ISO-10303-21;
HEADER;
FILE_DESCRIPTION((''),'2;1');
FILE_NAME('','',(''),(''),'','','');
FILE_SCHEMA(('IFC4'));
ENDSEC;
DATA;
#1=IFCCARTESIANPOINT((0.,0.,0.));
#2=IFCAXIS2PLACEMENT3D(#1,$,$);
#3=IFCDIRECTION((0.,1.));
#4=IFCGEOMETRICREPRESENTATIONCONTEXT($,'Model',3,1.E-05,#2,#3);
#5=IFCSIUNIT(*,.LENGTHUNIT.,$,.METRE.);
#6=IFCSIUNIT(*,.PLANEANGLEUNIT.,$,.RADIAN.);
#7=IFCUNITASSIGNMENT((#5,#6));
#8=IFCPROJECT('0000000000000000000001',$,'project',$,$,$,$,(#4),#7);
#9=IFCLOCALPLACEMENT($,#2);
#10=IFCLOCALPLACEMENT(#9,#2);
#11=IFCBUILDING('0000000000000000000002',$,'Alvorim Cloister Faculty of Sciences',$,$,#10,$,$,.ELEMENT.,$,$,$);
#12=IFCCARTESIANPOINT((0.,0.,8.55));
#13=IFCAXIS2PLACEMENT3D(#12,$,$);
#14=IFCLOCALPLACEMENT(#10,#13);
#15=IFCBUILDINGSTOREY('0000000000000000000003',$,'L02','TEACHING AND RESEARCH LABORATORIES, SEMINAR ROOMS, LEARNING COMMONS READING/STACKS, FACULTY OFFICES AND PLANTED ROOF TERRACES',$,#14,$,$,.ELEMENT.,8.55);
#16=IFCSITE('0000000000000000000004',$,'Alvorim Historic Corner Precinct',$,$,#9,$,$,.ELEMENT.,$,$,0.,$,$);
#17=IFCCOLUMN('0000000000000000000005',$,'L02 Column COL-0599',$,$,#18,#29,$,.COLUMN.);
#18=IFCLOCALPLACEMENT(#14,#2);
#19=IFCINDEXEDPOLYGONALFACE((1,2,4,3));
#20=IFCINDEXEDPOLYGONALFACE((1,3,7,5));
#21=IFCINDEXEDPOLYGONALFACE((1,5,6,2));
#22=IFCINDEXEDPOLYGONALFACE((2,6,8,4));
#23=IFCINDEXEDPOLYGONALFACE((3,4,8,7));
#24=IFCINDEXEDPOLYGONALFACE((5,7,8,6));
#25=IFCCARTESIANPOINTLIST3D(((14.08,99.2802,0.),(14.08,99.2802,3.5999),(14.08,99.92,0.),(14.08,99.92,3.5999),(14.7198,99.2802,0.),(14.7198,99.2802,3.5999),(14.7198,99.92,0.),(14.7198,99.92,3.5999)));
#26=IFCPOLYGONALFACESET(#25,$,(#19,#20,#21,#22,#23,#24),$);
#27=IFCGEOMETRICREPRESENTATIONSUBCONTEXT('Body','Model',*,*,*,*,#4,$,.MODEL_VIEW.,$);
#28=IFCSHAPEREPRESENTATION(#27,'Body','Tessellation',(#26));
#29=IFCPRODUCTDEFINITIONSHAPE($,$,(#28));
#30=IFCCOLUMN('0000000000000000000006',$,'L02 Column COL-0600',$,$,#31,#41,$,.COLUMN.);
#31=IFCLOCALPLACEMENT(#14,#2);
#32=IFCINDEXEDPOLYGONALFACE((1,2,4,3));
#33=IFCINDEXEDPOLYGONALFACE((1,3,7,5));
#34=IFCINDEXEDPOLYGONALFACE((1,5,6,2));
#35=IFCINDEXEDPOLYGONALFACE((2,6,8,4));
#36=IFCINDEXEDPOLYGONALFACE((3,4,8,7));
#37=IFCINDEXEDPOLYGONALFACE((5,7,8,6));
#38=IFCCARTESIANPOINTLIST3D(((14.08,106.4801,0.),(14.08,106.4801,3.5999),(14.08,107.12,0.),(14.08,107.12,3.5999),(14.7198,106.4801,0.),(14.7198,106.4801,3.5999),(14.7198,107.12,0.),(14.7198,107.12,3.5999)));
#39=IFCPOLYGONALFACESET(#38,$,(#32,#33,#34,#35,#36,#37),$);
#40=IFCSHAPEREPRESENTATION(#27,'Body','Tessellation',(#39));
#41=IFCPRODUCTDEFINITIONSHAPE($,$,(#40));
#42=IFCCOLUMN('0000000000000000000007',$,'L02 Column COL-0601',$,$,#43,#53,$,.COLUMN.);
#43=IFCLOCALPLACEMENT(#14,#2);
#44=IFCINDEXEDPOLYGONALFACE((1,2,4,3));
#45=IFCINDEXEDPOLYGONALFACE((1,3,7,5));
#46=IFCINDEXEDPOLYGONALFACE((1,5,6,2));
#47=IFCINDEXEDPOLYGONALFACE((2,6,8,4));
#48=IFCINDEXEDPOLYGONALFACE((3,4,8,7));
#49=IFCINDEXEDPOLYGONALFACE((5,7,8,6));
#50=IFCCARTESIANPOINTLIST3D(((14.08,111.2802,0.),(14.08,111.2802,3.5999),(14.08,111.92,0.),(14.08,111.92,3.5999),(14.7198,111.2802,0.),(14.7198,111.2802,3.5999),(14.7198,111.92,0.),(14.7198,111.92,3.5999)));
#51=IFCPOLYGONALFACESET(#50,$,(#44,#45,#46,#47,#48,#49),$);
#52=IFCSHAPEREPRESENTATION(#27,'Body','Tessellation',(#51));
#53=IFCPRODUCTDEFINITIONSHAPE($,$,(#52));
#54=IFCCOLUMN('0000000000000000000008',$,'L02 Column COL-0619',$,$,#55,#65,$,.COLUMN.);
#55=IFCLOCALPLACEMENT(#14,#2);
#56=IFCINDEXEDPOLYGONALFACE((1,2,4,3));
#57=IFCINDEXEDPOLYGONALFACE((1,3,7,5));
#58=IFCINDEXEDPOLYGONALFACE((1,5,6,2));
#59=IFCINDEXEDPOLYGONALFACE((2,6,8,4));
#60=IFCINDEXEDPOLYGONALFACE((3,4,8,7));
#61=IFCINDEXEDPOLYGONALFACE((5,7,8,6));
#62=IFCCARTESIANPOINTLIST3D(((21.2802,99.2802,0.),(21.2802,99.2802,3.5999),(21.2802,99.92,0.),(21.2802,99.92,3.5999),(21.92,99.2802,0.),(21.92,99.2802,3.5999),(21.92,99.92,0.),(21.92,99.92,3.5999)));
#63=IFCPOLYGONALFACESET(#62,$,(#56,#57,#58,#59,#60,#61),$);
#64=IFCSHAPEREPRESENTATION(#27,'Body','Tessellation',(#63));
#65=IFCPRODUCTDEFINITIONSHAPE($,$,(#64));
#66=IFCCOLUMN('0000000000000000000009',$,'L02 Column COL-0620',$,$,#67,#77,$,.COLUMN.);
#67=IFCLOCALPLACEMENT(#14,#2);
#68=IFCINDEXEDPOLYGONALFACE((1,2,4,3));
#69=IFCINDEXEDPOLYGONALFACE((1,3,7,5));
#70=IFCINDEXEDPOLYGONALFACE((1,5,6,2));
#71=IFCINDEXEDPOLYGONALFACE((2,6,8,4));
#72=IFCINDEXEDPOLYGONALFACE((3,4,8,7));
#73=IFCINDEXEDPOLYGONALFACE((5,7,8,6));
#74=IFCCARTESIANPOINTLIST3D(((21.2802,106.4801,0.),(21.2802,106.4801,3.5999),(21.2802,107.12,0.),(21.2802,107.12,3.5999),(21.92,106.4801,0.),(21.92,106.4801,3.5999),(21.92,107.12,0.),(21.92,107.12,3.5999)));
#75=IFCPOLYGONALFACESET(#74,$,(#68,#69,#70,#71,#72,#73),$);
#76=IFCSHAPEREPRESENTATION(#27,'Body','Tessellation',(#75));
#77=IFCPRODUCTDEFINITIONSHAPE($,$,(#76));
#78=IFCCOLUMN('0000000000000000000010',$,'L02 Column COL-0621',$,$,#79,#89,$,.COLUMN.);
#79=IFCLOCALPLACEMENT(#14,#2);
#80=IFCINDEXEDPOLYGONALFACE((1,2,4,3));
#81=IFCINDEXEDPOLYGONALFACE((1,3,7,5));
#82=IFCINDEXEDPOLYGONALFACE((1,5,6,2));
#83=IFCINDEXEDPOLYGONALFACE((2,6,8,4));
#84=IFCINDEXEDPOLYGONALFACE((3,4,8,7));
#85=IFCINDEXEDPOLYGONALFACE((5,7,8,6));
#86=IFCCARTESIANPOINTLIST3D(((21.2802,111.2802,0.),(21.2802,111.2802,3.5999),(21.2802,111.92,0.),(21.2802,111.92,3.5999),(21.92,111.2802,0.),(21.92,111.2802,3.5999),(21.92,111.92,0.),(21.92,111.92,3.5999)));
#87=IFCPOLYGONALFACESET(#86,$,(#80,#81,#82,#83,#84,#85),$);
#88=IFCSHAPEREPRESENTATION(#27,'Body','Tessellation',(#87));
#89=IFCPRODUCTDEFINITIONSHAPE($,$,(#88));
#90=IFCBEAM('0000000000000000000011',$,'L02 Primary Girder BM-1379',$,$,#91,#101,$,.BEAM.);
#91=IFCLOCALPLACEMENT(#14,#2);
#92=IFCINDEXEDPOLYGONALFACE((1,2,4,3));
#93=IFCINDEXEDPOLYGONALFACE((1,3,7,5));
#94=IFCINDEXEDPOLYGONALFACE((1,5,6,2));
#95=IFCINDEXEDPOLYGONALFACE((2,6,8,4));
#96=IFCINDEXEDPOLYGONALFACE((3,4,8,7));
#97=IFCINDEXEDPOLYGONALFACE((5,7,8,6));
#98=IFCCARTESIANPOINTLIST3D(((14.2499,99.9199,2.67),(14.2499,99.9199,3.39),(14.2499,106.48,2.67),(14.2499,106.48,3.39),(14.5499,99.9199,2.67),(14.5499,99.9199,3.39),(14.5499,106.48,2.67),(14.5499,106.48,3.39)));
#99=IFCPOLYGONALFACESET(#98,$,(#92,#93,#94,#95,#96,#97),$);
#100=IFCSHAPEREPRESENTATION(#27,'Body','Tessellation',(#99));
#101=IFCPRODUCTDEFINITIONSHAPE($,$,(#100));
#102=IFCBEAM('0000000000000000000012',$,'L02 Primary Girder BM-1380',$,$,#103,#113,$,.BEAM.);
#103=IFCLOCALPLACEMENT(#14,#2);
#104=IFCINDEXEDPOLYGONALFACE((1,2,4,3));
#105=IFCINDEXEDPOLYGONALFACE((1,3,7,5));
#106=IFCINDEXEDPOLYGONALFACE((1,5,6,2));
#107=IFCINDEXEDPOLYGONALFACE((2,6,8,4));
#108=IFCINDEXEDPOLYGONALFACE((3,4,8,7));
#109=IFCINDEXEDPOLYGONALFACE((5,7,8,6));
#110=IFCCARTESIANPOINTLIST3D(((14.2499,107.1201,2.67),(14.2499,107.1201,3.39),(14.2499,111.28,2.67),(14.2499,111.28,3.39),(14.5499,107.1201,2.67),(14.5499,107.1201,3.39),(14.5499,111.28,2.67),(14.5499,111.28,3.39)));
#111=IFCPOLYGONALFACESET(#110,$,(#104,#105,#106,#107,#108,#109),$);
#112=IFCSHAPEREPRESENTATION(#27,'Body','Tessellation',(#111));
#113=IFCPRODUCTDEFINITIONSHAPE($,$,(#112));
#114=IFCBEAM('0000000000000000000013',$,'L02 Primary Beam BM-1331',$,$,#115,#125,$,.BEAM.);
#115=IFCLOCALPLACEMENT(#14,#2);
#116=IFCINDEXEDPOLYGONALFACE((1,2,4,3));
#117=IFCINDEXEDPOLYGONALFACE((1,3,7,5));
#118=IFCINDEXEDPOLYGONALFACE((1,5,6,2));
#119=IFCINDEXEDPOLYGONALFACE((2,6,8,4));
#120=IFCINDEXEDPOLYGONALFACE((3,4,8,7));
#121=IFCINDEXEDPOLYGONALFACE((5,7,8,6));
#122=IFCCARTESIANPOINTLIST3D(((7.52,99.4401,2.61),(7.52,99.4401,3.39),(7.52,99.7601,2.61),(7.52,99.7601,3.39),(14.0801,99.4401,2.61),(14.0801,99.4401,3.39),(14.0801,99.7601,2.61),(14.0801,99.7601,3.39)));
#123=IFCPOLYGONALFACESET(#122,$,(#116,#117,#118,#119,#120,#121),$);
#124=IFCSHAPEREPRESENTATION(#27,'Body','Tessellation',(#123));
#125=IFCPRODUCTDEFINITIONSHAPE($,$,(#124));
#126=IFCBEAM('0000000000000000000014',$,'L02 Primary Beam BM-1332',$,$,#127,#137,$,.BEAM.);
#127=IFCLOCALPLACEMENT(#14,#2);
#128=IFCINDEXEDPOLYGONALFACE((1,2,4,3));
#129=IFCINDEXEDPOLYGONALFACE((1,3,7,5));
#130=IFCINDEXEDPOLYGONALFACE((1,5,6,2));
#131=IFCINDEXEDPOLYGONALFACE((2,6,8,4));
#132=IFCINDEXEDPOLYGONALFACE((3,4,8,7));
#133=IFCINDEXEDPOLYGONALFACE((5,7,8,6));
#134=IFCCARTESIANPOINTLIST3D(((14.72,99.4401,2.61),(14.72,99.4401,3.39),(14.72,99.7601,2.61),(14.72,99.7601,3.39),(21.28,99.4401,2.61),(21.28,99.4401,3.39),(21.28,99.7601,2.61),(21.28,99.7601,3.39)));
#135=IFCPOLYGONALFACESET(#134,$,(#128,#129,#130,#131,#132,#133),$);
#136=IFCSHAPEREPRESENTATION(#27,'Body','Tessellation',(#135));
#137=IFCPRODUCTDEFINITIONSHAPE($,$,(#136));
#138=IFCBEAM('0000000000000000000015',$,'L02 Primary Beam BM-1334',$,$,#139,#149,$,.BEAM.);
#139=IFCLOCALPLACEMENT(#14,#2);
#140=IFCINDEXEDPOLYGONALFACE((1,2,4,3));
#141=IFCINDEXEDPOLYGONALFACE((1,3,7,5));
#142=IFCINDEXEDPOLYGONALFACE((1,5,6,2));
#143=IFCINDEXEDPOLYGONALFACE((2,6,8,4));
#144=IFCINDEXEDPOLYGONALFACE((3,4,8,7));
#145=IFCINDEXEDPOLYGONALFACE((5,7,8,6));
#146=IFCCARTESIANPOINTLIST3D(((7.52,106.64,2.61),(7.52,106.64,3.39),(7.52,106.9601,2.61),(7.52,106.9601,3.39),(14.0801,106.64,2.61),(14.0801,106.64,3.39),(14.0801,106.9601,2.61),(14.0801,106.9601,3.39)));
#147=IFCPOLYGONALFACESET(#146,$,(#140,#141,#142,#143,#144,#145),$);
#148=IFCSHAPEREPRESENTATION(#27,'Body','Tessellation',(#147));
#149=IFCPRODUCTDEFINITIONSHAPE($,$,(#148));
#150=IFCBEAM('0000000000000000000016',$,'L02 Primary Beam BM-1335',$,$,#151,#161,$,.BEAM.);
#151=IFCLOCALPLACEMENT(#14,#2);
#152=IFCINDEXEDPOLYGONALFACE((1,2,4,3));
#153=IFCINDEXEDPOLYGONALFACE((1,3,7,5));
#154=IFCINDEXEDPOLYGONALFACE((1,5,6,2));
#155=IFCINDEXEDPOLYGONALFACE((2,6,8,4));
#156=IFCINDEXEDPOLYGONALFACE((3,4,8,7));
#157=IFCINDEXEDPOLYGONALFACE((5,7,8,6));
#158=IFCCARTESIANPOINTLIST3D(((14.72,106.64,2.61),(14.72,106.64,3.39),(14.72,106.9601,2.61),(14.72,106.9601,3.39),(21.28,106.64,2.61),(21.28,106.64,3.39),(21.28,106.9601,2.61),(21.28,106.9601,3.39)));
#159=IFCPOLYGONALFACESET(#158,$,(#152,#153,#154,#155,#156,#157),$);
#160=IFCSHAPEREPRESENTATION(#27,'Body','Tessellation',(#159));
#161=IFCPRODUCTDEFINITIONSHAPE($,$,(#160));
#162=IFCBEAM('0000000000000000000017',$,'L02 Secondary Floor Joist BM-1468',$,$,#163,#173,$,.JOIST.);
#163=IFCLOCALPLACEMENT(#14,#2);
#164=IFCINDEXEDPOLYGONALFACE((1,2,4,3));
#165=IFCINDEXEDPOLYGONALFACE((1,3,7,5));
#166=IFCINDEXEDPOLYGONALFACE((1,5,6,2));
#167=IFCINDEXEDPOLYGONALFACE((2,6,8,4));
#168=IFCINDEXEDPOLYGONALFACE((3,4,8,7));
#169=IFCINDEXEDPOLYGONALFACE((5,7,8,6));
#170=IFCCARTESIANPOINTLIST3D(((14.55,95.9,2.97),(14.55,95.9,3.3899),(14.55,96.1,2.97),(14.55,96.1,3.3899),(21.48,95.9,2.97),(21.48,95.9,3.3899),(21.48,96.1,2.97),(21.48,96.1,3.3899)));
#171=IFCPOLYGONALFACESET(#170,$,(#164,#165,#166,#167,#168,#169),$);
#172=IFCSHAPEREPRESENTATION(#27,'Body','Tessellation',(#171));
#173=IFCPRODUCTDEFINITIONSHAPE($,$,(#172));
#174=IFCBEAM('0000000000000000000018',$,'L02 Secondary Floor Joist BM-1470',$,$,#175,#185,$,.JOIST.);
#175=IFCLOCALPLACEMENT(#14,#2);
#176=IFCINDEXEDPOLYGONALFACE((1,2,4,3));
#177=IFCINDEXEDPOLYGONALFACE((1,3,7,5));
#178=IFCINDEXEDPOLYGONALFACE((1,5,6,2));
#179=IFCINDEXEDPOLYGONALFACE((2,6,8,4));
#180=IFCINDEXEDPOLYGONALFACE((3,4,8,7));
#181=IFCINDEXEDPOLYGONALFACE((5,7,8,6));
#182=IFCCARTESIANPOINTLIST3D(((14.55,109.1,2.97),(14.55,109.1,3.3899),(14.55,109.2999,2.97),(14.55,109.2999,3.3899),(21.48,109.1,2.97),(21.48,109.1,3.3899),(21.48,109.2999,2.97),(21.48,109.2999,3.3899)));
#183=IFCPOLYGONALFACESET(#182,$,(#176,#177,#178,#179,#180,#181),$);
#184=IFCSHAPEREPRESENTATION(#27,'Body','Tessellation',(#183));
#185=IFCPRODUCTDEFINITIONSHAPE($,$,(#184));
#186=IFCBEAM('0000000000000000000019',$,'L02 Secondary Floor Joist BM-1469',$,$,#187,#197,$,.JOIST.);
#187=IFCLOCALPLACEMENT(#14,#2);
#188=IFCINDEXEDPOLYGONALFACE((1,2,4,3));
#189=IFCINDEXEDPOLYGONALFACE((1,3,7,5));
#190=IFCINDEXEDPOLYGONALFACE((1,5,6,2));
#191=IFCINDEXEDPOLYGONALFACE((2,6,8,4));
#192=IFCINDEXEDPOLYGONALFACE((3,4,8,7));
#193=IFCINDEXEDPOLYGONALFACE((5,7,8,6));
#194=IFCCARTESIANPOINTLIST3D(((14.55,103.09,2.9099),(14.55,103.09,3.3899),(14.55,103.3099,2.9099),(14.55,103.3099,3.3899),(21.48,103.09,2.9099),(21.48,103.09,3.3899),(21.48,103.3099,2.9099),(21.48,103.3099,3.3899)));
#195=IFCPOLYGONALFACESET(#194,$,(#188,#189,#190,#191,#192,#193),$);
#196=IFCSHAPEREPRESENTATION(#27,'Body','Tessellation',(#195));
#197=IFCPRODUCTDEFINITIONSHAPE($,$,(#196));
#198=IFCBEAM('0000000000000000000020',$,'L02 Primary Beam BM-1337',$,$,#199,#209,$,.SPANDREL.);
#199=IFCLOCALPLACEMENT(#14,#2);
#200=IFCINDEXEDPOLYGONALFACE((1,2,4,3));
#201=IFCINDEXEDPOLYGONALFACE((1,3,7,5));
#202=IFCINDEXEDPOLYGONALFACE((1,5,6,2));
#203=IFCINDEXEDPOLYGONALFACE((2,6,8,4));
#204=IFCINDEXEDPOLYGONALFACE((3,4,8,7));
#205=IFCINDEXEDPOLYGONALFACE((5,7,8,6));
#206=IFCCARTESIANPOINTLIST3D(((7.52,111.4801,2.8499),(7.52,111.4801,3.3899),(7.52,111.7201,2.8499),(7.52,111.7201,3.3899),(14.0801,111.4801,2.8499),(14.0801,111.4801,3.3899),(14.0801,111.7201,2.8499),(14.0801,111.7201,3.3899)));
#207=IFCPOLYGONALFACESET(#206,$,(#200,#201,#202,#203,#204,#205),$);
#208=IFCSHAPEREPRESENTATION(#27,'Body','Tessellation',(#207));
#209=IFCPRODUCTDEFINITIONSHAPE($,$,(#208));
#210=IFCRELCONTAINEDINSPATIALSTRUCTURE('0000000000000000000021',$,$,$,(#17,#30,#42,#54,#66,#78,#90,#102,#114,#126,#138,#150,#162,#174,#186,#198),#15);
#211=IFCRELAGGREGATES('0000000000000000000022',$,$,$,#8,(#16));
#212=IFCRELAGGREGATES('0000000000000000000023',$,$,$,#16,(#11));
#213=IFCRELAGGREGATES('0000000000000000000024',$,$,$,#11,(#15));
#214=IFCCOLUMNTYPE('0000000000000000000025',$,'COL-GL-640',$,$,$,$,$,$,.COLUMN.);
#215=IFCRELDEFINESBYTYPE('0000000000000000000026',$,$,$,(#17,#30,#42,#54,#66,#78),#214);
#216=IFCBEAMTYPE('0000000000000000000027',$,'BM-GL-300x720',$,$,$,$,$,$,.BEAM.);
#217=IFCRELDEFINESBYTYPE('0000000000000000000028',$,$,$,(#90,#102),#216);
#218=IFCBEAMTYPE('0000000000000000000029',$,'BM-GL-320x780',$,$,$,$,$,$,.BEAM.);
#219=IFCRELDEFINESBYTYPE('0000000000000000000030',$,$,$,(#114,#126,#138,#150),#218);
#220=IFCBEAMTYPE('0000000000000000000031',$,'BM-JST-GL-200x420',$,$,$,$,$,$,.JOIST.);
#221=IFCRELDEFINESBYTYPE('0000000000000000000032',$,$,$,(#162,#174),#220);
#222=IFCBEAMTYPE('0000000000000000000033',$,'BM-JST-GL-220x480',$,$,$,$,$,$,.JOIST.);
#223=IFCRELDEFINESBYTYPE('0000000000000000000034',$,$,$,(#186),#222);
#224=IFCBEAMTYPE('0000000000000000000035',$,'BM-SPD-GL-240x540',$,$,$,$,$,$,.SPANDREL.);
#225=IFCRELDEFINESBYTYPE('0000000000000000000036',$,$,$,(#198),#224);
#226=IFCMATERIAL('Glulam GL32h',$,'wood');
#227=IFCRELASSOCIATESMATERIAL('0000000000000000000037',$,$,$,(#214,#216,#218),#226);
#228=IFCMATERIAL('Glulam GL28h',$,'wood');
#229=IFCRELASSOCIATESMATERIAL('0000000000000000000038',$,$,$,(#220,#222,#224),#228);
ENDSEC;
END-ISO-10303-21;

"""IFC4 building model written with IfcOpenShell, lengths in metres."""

from ifc_helpers import new_model, si_unit, direction, frame, origin, origin_2d, place, context, subcontext, project, spatial, rectangle, extrude, material, material_profile, profile_set, type_object, element, save


model = new_model("IFC4")

# Units and contexts
model_context = context("Model", 3, precision=1e-05, world=origin(), true_north=direction((0.0, 1.0)))
body_context = subcontext(model_context, "Body", "Model", "MODEL_VIEW")
ifc_project = project(units=[si_unit("LENGTHUNIT", "METRE"), si_unit("PLANEANGLEUNIT", "RADIAN")], contexts=[model_context])

# Site, building, storey
site_placement = place(None, origin())
site = spatial("IfcSite", under=ifc_project, at=site_placement, Name="Alvorim Historic Corner Precinct", CompositionType="ELEMENT", RefElevation=0.0)
building_placement = place(site_placement, origin())
building = spatial("IfcBuilding", under=site, at=building_placement, Name="Alvorim Cloister Faculty of Sciences", CompositionType="ELEMENT")
storey_placement = place(building_placement, frame((0.0, 0.0, 8.55)))
storey = spatial("IfcBuildingStorey", under=building, at=storey_placement, Name="L02", Description="TEACHING AND RESEARCH LABORATORIES, SEMINAR ROOMS, LEARNING COMMONS READING/STACKS, FACULTY OFFICES AND PLANTED ROOF TERRACES", CompositionType="ELEMENT", Elevation=8.55)

# Columns
ifc_material_1 = material(Name="Glulam GL32h", Category="wood")
ifc_material_profile_1 = material_profile(ifc_material_1, rectangle(XDim=0.6399, YDim=0.6399, at=origin_2d()), Name="GL32-COL-640x640")
ifc_profile_set_1 = profile_set([ifc_material_profile_1], Name="Glulam GL32h")
column_type = type_object("IfcColumnType", Name="COL-GL-640", PredefinedType="COLUMN", material=ifc_profile_set_1)
for number, where, z_axis, x_axis, name in (
    (1, (14.3999, 99.6001, 0.0), (0.0, 0.0, 1.0), (1.0, 0.0, 0.0), "L02 Column COL-0599"),
    (2, (14.3999, 106.8, 0.0), (0.0, 0.0, 1.0), (1.0, 0.0, 0.0), "L02 Column COL-0600"),
    (3, (14.3999, 111.6001, 0.0), (0.0, 0.0, 1.0), (1.0, 0.0, 0.0), "L02 Column COL-0601"),
    (4, (21.6001, 99.6001, 0.0), (0.0, 0.0, 1.0), (1.0, 0.0, 0.0), "L02 Column COL-0619"),
    (5, (21.6001, 106.8, 0.0), (0.0, 0.0, 1.0), (1.0, 0.0, 0.0), "L02 Column COL-0620"),
    (6, (21.6001, 111.6001, 0.0), (0.0, 0.0, 1.0), (1.0, 0.0, 0.0), "L02 Column COL-0621"),
):
    element("IfcColumn", number, at=place(storey_placement, frame(where, z_axis=z_axis, x_axis=x_axis)), inside=storey, type_object=column_type, Name=name, PredefinedType="COLUMN", context=body_context, shape_type="SweptSolid", body=[
        extrude(rectangle(XDim=0.6399, YDim=0.6399, at=origin_2d()), origin(), (0.0, 0.0, 1.0), 3.5999),
    ])

# Beams
ifc_material_profile_2 = material_profile(ifc_material_1, rectangle(XDim=0.3, YDim=0.72, at=origin_2d()), Name="GL32-BM-300x720")
ifc_profile_set_2 = profile_set([ifc_material_profile_2], Name="Glulam GL32h")
beam_type_1 = type_object("IfcBeamType", Name="BM-GL-300x720", PredefinedType="BEAM", material=ifc_profile_set_2)
beam_1_placement = place(storey_placement, frame((14.3999, 99.9199, 3.03), z_axis=(0.0, 1.0, 0.0), x_axis=(-1.0, 0.0, 0.0)))
element("IfcBeam", 7, at=beam_1_placement, inside=storey, type_object=beam_type_1, Name="L02 Primary Girder BM-1379", PredefinedType="BEAM", context=body_context, shape_type="SweptSolid", body=[
    extrude(rectangle(XDim=0.3, YDim=0.72, at=origin_2d()), origin(), (0.0, 0.0, 1.0), 6.5601),
])
beam_2_placement = place(storey_placement, frame((14.3999, 107.1201, 3.03), z_axis=(0.0, 1.0, 0.0), x_axis=(-1.0, 0.0, 0.0)))
element("IfcBeam", 8, at=beam_2_placement, inside=storey, type_object=beam_type_1, Name="L02 Primary Girder BM-1380", PredefinedType="BEAM", context=body_context, shape_type="SweptSolid", body=[
    extrude(rectangle(XDim=0.3, YDim=0.72, at=origin_2d()), origin(), (0.0, 0.0, 1.0), 4.1599),
])
ifc_material_profile_3 = material_profile(ifc_material_1, rectangle(XDim=0.3201, YDim=0.78, at=origin_2d()), Name="GL32-BM-320x780")
ifc_profile_set_3 = profile_set([ifc_material_profile_3], Name="Glulam GL32h")
beam_type_2 = type_object("IfcBeamType", Name="BM-GL-320x780", PredefinedType="BEAM", material=ifc_profile_set_3)
for number, where, z_axis, x_axis, name in (
    (9, (7.52, 99.6001, 3.0), (1.0, 0.0, 0.0), (0.0, 1.0, 0.0), "L02 Primary Beam BM-1331"),
    (10, (14.72, 99.6001, 3.0), (1.0, 0.0, 0.0), (0.0, 1.0, 0.0), "L02 Primary Beam BM-1332"),
    (11, (7.52, 106.8, 3.0), (1.0, 0.0, 0.0), (0.0, 1.0, 0.0), "L02 Primary Beam BM-1334"),
    (12, (14.72, 106.8, 3.0), (1.0, 0.0, 0.0), (0.0, 1.0, 0.0), "L02 Primary Beam BM-1335"),
):
    element("IfcBeam", number, at=place(storey_placement, frame(where, z_axis=z_axis, x_axis=x_axis)), inside=storey, type_object=beam_type_2, Name=name, PredefinedType="BEAM", context=body_context, shape_type="SweptSolid", body=[
        extrude(rectangle(XDim=0.3201, YDim=0.78, at=origin_2d()), origin(), (0.0, 0.0, 1.0), 6.5601),
    ])
ifc_material_2 = material(Name="Glulam GL28h", Category="wood")
ifc_material_profile_4 = material_profile(ifc_material_2, rectangle(XDim=0.2, YDim=0.4199, at=origin_2d()), Name="GL28-JST-200x420")
ifc_profile_set_4 = profile_set([ifc_material_profile_4], Name="Glulam GL28h")
beam_type_3 = type_object("IfcBeamType", Name="BM-JST-GL-200x420", PredefinedType="JOIST", material=ifc_profile_set_4)
for number, where, z_axis, x_axis, name in (
    (13, (14.55, 96.0, 3.1799), (1.0, 0.0, 0.0), (0.0, 1.0, 0.0), "L02 Secondary Floor Joist BM-1468"),
    (14, (14.55, 109.2, 3.1799), (1.0, 0.0, 0.0), (0.0, 1.0, 0.0), "L02 Secondary Floor Joist BM-1470"),
):
    element("IfcBeam", number, at=place(storey_placement, frame(where, z_axis=z_axis, x_axis=x_axis)), inside=storey, type_object=beam_type_3, Name=name, PredefinedType="JOIST", context=body_context, shape_type="SweptSolid", body=[
        extrude(rectangle(XDim=0.2, YDim=0.4199, at=origin_2d()), origin(), (0.0, 0.0, 1.0), 6.9299),
    ])
ifc_material_profile_5 = material_profile(ifc_material_2, rectangle(XDim=0.22, YDim=0.48, at=origin_2d()), Name="GL28-JST-220x480")
ifc_profile_set_5 = profile_set([ifc_material_profile_5], Name="Glulam GL28h")
beam_type_4 = type_object("IfcBeamType", Name="BM-JST-GL-220x480", PredefinedType="JOIST", material=ifc_profile_set_5)
beam_3_placement = place(storey_placement, frame((14.55, 103.2, 3.1499), z_axis=(1.0, 0.0, 0.0), x_axis=(0.0, 1.0, 0.0)))
element("IfcBeam", 15, at=beam_3_placement, inside=storey, type_object=beam_type_4, Name="L02 Secondary Floor Joist BM-1469", PredefinedType="JOIST", context=body_context, shape_type="SweptSolid", body=[
    extrude(rectangle(XDim=0.22, YDim=0.48, at=origin_2d()), origin(), (0.0, 0.0, 1.0), 6.9299),
])
ifc_material_profile_6 = material_profile(ifc_material_2, rectangle(XDim=0.24, YDim=0.54, at=origin_2d()), Name="GL28-SPD-240x540")
ifc_profile_set_6 = profile_set([ifc_material_profile_6], Name="Glulam GL28h")
beam_type_5 = type_object("IfcBeamType", Name="BM-SPD-GL-240x540", PredefinedType="SPANDREL", material=ifc_profile_set_6)
for number, where, z_axis, x_axis, name in (
    (16, (7.52, 111.6001, 3.1199), (1.0, 0.0, 0.0), (0.0, 1.0, 0.0), "L02 Primary Beam BM-1337"),
):
    element("IfcBeam", number, at=place(storey_placement, frame(where, z_axis=z_axis, x_axis=x_axis)), inside=storey, type_object=beam_type_5, Name=name, PredefinedType="SPANDREL", context=body_context, shape_type="SweptSolid", body=[
        extrude(rectangle(XDim=0.24, YDim=0.54, at=origin_2d()), origin(), (0.0, 0.0, 1.0), 6.5601),
    ])

save(model, "model.ifc")
